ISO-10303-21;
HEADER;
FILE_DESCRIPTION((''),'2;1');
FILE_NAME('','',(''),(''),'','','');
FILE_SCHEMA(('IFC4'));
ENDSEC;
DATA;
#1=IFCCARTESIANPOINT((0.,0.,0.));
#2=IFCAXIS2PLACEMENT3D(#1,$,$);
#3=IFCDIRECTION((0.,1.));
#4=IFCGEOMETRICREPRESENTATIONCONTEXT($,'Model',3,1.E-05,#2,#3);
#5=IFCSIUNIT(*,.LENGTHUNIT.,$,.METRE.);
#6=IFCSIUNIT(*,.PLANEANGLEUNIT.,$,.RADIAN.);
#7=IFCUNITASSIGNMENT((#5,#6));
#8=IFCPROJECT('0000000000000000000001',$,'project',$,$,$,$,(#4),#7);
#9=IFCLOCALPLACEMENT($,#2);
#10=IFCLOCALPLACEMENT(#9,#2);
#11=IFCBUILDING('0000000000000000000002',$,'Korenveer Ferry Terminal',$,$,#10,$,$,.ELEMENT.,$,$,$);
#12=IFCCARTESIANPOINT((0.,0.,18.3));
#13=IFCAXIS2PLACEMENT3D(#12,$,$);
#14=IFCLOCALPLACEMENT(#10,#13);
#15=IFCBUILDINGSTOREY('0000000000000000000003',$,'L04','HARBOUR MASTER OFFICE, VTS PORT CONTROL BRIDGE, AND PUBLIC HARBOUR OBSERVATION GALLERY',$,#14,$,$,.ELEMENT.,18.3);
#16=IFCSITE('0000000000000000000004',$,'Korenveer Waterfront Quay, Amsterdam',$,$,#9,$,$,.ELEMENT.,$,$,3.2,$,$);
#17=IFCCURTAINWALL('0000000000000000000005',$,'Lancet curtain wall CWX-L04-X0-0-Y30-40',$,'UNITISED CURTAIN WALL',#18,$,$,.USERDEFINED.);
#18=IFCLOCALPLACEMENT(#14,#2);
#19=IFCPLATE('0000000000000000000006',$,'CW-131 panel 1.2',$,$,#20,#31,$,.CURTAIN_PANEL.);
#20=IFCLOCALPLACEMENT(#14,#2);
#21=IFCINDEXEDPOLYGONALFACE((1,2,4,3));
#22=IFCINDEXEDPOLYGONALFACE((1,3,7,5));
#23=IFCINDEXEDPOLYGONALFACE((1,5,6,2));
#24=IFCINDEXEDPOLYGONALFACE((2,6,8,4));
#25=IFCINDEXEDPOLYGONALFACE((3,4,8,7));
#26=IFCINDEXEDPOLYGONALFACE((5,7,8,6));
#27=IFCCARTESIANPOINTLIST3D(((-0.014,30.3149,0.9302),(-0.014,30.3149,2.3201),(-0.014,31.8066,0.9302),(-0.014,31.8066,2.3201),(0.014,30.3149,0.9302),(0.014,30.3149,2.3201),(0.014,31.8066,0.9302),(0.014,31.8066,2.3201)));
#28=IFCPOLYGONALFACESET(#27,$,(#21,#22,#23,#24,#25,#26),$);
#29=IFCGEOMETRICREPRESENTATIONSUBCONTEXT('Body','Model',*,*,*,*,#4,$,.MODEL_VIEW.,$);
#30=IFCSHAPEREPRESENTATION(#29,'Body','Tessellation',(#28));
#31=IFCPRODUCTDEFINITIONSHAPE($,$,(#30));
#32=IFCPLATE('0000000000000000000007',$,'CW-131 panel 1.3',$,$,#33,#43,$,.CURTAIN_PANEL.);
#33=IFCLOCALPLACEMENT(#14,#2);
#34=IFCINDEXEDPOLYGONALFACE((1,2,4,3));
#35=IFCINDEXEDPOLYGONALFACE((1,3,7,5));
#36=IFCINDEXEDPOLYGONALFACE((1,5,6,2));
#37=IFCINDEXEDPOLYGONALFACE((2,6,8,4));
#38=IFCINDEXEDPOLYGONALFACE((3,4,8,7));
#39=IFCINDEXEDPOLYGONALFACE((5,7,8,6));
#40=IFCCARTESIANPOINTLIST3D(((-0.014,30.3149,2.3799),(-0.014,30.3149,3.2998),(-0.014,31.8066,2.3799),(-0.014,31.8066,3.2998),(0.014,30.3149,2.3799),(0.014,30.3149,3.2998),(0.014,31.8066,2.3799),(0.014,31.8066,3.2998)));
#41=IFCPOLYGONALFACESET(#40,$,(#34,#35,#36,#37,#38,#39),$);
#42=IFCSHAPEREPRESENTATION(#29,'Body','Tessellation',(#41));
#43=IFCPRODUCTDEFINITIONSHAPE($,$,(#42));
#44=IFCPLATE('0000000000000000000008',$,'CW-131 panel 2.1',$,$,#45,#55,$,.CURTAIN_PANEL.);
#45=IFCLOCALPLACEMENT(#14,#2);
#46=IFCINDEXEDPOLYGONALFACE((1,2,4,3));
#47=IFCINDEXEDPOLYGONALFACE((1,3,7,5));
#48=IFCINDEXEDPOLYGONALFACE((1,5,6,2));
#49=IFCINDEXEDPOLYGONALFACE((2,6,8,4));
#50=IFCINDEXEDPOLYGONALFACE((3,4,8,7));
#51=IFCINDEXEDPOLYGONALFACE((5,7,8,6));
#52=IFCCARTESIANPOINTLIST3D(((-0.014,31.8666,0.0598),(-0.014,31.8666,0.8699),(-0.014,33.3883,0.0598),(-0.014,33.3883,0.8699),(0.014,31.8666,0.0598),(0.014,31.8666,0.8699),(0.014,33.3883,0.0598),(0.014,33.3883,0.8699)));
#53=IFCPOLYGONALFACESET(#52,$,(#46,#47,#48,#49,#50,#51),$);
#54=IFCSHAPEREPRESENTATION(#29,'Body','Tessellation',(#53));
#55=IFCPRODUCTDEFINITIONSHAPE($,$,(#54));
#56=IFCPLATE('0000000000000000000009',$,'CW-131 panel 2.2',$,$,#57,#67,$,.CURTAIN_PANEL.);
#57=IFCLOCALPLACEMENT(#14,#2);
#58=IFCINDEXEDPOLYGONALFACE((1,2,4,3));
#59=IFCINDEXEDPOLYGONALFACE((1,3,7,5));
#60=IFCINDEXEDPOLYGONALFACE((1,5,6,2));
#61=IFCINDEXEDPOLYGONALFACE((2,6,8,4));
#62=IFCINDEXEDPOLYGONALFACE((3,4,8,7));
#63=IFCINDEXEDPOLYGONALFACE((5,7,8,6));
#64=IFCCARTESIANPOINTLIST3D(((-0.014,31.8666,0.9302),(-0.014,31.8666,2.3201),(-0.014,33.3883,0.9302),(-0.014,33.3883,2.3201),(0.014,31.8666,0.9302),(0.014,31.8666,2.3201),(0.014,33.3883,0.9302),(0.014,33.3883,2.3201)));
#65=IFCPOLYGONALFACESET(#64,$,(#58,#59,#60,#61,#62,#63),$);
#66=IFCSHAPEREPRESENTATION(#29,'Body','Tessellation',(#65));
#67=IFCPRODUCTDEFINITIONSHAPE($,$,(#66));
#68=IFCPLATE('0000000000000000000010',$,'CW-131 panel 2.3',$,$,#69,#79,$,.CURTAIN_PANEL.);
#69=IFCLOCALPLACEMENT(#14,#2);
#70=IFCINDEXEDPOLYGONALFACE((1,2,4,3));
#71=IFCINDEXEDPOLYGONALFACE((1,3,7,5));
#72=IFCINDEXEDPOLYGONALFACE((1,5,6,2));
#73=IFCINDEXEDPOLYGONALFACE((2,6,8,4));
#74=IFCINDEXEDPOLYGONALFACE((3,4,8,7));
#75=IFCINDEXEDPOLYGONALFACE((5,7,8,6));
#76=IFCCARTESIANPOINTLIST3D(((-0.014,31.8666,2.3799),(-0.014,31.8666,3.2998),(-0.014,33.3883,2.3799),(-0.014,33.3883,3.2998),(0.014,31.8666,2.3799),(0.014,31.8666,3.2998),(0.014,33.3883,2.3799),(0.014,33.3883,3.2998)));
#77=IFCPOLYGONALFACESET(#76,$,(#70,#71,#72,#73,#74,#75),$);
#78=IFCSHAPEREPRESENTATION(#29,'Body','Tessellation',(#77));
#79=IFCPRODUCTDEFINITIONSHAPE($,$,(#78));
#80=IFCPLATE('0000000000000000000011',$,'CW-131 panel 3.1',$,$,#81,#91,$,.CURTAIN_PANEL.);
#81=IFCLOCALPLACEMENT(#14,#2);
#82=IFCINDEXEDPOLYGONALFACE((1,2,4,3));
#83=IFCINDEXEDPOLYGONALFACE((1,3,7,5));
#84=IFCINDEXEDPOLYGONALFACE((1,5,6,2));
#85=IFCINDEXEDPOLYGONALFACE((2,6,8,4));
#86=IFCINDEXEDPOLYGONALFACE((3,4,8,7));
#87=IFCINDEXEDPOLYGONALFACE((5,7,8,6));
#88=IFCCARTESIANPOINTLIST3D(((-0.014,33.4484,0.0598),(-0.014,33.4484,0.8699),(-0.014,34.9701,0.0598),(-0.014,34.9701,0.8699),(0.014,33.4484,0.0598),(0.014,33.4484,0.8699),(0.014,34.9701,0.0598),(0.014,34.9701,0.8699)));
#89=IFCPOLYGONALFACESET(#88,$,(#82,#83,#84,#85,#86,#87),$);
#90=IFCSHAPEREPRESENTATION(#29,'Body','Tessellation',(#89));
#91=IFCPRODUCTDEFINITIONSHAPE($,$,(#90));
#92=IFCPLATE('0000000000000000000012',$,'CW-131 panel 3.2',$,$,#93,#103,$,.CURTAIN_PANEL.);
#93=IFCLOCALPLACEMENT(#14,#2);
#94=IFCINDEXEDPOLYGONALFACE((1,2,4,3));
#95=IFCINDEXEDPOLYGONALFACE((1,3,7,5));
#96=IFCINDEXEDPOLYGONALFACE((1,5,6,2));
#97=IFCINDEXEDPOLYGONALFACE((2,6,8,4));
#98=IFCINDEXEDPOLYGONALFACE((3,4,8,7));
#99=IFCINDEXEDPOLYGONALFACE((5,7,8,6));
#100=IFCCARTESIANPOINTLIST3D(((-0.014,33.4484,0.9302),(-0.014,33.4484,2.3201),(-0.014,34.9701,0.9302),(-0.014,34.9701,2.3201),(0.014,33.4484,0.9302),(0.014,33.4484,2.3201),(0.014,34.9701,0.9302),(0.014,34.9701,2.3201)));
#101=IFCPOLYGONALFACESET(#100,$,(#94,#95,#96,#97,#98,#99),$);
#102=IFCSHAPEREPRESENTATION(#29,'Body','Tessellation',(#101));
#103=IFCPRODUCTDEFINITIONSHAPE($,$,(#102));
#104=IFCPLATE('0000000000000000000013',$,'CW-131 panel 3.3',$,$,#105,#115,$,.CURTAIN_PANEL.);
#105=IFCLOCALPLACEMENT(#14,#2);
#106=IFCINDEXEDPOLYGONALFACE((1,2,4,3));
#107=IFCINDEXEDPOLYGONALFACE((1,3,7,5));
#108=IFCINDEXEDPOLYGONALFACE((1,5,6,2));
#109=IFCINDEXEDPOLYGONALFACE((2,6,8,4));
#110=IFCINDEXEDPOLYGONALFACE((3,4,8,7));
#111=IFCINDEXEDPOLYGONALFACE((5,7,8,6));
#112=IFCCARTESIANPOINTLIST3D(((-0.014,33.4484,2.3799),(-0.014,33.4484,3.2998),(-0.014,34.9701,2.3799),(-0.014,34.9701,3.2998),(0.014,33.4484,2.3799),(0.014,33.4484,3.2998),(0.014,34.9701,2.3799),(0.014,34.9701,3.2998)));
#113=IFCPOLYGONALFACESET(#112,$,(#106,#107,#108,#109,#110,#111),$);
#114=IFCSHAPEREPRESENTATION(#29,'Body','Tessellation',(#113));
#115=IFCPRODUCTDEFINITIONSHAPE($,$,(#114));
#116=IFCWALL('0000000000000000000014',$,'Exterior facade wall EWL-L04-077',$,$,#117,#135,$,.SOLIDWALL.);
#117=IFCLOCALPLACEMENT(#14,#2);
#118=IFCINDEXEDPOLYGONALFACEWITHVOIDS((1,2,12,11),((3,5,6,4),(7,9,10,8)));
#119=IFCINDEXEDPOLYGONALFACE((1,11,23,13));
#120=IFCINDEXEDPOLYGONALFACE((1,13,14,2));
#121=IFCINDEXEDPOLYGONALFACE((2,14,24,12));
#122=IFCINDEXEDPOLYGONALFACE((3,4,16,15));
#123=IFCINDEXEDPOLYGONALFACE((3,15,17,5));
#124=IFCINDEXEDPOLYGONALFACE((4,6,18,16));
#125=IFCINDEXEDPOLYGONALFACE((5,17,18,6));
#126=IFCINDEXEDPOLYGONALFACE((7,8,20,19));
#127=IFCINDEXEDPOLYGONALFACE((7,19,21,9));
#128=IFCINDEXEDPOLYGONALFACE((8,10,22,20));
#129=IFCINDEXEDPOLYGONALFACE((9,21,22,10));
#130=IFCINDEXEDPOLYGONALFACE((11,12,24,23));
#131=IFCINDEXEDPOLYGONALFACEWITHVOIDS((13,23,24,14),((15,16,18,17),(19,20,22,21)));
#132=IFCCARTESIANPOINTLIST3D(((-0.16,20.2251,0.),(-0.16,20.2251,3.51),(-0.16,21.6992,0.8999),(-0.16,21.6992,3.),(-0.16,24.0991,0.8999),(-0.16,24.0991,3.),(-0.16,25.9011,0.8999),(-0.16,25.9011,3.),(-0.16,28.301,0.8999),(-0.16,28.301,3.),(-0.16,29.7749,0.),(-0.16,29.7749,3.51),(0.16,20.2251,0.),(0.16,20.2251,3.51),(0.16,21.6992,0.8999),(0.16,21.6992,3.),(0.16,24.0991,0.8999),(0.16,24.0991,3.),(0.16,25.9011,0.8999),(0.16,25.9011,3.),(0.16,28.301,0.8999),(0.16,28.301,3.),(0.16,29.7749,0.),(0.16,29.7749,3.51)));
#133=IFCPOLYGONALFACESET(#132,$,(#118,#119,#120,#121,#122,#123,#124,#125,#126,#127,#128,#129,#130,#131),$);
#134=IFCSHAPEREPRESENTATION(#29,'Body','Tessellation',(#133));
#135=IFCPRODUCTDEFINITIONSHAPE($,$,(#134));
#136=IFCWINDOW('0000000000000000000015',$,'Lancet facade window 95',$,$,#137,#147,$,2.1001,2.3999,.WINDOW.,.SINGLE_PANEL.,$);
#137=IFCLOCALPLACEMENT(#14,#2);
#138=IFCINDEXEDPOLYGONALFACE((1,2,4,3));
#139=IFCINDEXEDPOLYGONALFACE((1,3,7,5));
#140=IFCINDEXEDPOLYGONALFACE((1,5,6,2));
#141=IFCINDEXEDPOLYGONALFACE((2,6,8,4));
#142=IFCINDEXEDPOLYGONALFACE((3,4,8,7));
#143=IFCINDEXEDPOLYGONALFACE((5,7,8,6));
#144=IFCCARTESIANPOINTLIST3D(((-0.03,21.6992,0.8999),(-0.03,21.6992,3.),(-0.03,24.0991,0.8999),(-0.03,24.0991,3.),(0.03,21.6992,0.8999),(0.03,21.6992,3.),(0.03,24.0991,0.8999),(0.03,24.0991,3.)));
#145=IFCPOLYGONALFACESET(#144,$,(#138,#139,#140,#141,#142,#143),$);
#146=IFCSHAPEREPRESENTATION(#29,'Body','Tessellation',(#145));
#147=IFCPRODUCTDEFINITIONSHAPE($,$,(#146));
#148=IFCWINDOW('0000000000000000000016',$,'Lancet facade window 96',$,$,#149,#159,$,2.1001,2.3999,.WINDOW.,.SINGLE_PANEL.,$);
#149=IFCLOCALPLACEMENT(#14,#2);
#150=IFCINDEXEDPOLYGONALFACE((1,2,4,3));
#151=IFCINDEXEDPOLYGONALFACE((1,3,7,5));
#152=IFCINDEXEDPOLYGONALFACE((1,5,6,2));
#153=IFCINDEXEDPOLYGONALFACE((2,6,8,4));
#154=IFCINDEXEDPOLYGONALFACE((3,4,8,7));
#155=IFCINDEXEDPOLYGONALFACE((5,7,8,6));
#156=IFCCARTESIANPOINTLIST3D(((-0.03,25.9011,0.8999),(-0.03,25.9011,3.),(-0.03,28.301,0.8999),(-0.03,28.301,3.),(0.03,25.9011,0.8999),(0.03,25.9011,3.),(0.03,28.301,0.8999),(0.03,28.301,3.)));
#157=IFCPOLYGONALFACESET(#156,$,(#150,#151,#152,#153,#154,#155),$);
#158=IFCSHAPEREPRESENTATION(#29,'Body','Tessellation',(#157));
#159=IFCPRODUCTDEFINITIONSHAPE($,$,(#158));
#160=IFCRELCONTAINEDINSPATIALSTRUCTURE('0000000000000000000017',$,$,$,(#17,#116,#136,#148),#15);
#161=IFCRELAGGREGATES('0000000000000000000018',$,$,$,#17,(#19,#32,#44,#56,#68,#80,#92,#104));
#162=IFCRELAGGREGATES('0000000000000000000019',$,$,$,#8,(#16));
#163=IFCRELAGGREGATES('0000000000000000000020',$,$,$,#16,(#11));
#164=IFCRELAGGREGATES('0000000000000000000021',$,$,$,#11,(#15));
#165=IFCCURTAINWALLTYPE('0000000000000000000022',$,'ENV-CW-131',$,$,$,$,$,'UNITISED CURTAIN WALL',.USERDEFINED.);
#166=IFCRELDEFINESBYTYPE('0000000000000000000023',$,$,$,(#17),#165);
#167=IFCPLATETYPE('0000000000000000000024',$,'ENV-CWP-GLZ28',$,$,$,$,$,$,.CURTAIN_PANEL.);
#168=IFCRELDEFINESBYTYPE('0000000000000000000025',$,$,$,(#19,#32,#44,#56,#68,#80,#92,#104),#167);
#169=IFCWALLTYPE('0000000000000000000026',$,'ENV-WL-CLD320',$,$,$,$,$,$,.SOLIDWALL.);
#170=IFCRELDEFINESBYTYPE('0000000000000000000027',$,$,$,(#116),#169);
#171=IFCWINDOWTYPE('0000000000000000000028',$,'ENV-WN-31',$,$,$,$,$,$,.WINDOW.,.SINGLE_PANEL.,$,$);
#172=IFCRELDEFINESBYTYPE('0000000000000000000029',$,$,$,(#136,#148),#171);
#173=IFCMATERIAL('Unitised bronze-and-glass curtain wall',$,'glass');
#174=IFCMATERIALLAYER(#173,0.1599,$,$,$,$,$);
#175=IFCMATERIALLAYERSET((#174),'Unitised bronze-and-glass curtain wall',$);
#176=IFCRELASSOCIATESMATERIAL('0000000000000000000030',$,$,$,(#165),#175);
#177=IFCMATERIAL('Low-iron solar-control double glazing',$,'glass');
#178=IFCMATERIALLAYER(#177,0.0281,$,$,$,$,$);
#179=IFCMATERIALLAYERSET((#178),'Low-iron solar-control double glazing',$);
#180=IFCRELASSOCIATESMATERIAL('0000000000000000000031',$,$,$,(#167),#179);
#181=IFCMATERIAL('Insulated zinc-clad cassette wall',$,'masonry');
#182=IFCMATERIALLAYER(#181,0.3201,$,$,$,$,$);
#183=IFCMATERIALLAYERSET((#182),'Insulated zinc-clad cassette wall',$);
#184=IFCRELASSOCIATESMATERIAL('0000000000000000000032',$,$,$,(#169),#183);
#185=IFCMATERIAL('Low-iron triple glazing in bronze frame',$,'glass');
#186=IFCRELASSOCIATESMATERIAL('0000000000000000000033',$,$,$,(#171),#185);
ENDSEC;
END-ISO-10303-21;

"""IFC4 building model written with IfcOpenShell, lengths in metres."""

from ifc_helpers import new_model, si_unit, direction, frame, frame_2d, origin, origin_2d, place, context, subcontext, project, spatial, rectangle, extrude, material, layer, layer_set, type_object, element, fill, aggregate, save


model = new_model("IFC4")

# Units and contexts
model_context = context("Model", 3, precision=1e-05, world=origin(), true_north=direction((0.0, 1.0)))
body_context = subcontext(model_context, "Body", "Model", "MODEL_VIEW")
ifc_project = project(units=[si_unit("LENGTHUNIT", "METRE"), si_unit("PLANEANGLEUNIT", "RADIAN")], contexts=[model_context])

# Site, building, storey
site_placement = place(None, origin())
site = spatial("IfcSite", under=ifc_project, at=site_placement, Name="Korenveer Waterfront Quay, Amsterdam", CompositionType="ELEMENT", RefElevation=3.2)
building_placement = place(site_placement, origin())
building = spatial("IfcBuilding", under=site, at=building_placement, Name="Korenveer Ferry Terminal", CompositionType="ELEMENT")
storey_placement = place(building_placement, frame((0.0, 0.0, 18.3)))
storey = spatial("IfcBuildingStorey", under=building, at=storey_placement, Name="L04", Description="HARBOUR MASTER OFFICE, VTS PORT CONTROL BRIDGE, AND PUBLIC HARBOUR OBSERVATION GALLERY", CompositionType="ELEMENT", Elevation=18.3)

# Curtain wall
ifc_material_1 = material(Name="Unitised bronze-and-glass curtain wall", Category="glass")
ifc_layer_1 = layer(ifc_material_1, 0.1599)
ifc_layer_set_1 = layer_set([ifc_layer_1], Name="Unitised bronze-and-glass curtain wall")
curtain_wall_type = type_object("IfcCurtainWallType", Name="ENV-CW-131", ElementType="UNITISED CURTAIN WALL", PredefinedType="USERDEFINED", material=ifc_layer_set_1)
curtain_wall_placement = place(storey_placement, frame((0.0, 30.2549, 0.0)))
curtain_wall = element("IfcCurtainWall", 1, at=curtain_wall_placement, inside=storey, type_object=curtain_wall_type, Name="Lancet curtain wall CWX-L04-X0-0-Y30-40", ObjectType="UNITISED CURTAIN WALL", PredefinedType="USERDEFINED")

# Plates
ifc_material_2 = material(Name="Low-iron solar-control double glazing", Category="glass")
ifc_layer_2 = layer(ifc_material_2, 0.0281)
ifc_layer_set_2 = layer_set([ifc_layer_2], Name="Low-iron solar-control double glazing")
plate_type = type_object("IfcPlateType", Name="ENV-CWP-GLZ28", PredefinedType="CURTAIN_PANEL", material=ifc_layer_set_2)
plate_1_placement = place(storey_placement, frame((0.0, 31.0608, 0.9302), z_axis=(0.0, 0.0, 1.0), x_axis=(0.0, 1.0, 0.0)))
plate_1 = element("IfcPlate", 2, at=plate_1_placement, type_object=plate_type, Name="CW-131 panel 1.2", PredefinedType="CURTAIN_PANEL", context=body_context, shape_type="SweptSolid", body=[
    extrude(rectangle(XDim=1.4917, YDim=0.0281, at=origin_2d()), origin(), (0.0, 0.0, 1.0), 1.3899),
])
plate_2_placement = place(storey_placement, frame((0.0, 31.0608, 2.3799), z_axis=(0.0, 0.0, 1.0), x_axis=(0.0, 1.0, 0.0)))
plate_2 = element("IfcPlate", 3, at=plate_2_placement, type_object=plate_type, Name="CW-131 panel 1.3", PredefinedType="CURTAIN_PANEL", context=body_context, shape_type="SweptSolid", body=[
    extrude(rectangle(XDim=1.4917, YDim=0.0281, at=origin_2d()), origin(), (0.0, 0.0, 1.0), 0.9199),
])
plate_3_placement = place(storey_placement, frame((0.0, 32.6274, 0.0598), z_axis=(0.0, 0.0, 1.0), x_axis=(0.0, 1.0, 0.0)))
plate_3 = element("IfcPlate", 4, at=plate_3_placement, type_object=plate_type, Name="CW-131 panel 2.1", PredefinedType="CURTAIN_PANEL", context=body_context, shape_type="SweptSolid", body=[
    extrude(rectangle(XDim=1.5217, YDim=0.0281, at=origin_2d()), origin(), (0.0, 0.0, 1.0), 0.8101),
])
plate_4_placement = place(storey_placement, frame((0.0, 32.6274, 0.9302), z_axis=(0.0, 0.0, 1.0), x_axis=(0.0, 1.0, 0.0)))
plate_4 = element("IfcPlate", 5, at=plate_4_placement, type_object=plate_type, Name="CW-131 panel 2.2", PredefinedType="CURTAIN_PANEL", context=body_context, shape_type="SweptSolid", body=[
    extrude(rectangle(XDim=1.5217, YDim=0.0281, at=origin_2d()), origin(), (0.0, 0.0, 1.0), 1.3899),
])
plate_5_placement = place(storey_placement, frame((0.0, 32.6274, 2.3799), z_axis=(0.0, 0.0, 1.0), x_axis=(0.0, 1.0, 0.0)))
plate_5 = element("IfcPlate", 6, at=plate_5_placement, type_object=plate_type, Name="CW-131 panel 2.3", PredefinedType="CURTAIN_PANEL", context=body_context, shape_type="SweptSolid", body=[
    extrude(rectangle(XDim=1.5217, YDim=0.0281, at=origin_2d()), origin(), (0.0, 0.0, 1.0), 0.9199),
])
plate_6_placement = place(storey_placement, frame((0.0, 34.2092, 0.0598), z_axis=(0.0, 0.0, 1.0), x_axis=(0.0, 1.0, 0.0)))
plate_6 = element("IfcPlate", 7, at=plate_6_placement, type_object=plate_type, Name="CW-131 panel 3.1", PredefinedType="CURTAIN_PANEL", context=body_context, shape_type="SweptSolid", body=[
    extrude(rectangle(XDim=1.5217, YDim=0.0281, at=origin_2d()), origin(), (0.0, 0.0, 1.0), 0.8101),
])
plate_7_placement = place(storey_placement, frame((0.0, 34.2092, 0.9302), z_axis=(0.0, 0.0, 1.0), x_axis=(0.0, 1.0, 0.0)))
plate_7 = element("IfcPlate", 8, at=plate_7_placement, type_object=plate_type, Name="CW-131 panel 3.2", PredefinedType="CURTAIN_PANEL", context=body_context, shape_type="SweptSolid", body=[
    extrude(rectangle(XDim=1.5217, YDim=0.0281, at=origin_2d()), origin(), (0.0, 0.0, 1.0), 1.3899),
])
plate_8_placement = place(storey_placement, frame((0.0, 34.2092, 2.3799), z_axis=(0.0, 0.0, 1.0), x_axis=(0.0, 1.0, 0.0)))
plate_8 = element("IfcPlate", 9, at=plate_8_placement, type_object=plate_type, Name="CW-131 panel 3.3", PredefinedType="CURTAIN_PANEL", context=body_context, shape_type="SweptSolid", body=[
    extrude(rectangle(XDim=1.5217, YDim=0.0281, at=origin_2d()), origin(), (0.0, 0.0, 1.0), 0.9199),
])
aggregate(curtain_wall, [plate_1, plate_2, plate_3, plate_4, plate_5, plate_6, plate_7, plate_8])

# Wall, openings, windows
ifc_material_3 = material(Name="Insulated zinc-clad cassette wall", Category="masonry")
ifc_layer_3 = layer(ifc_material_3, 0.3201)
ifc_layer_set_3 = layer_set([ifc_layer_3], Name="Insulated zinc-clad cassette wall")
wall_type = type_object("IfcWallType", Name="ENV-WL-CLD320", PredefinedType="SOLIDWALL", material=ifc_layer_set_3)
wall_placement = place(storey_placement, frame((0.0, 20.2251, 0.0), z_axis=(0.0, 0.0, 1.0), x_axis=(0.0, 1.0, 0.0)))
wall = element("IfcWall", 10, at=wall_placement, inside=storey, type_object=wall_type, Name="Exterior facade wall EWL-L04-077", PredefinedType="SOLIDWALL", context=body_context, shape_type="SweptSolid", body=[
    extrude(rectangle(XDim=9.5498, YDim=0.3201, at=frame_2d((4.7749, 0.0))), origin(), (0.0, 0.0, 1.0), 3.51),
])
opening_1_placement = place(wall_placement, frame((1.4741, 0.0, 0.8999)))
opening_1 = element("IfcOpeningElement", 11, at=opening_1_placement, cuts=wall, PredefinedType="OPENING", context=body_context, shape_type="SweptSolid", body=[
    extrude(rectangle(XDim=2.3999, YDim=2.1001, at=frame_2d((1.2, 1.05))), frame((0.0, 0.1699, 0.0), z_axis=(0.0, -1.0, 0.0), x_axis=(1.0, 0.0, 0.0)), (0.0, 0.0, 1.0), 0.3401),
])
opening_2_placement = place(wall_placement, frame((5.676, 0.0, 0.8999)))
opening_2 = element("IfcOpeningElement", 12, at=opening_2_placement, cuts=wall, PredefinedType="OPENING", context=body_context, shape_type="SweptSolid", body=[
    extrude(rectangle(XDim=2.3999, YDim=2.1001, at=frame_2d((1.2, 1.05))), frame((0.0, 0.1699, 0.0), z_axis=(0.0, -1.0, 0.0), x_axis=(1.0, 0.0, 0.0)), (0.0, 0.0, 1.0), 0.3401),
])
ifc_material_4 = material(Name="Low-iron triple glazing in bronze frame", Category="glass")
window_type = type_object("IfcWindowType", Name="ENV-WN-31", PartitioningType="SINGLE_PANEL", PredefinedType="WINDOW", material=ifc_material_4)
window_1_placement = place(opening_1_placement, origin())
window_1 = element("IfcWindow", 13, at=window_1_placement, inside=storey, type_object=window_type, Name="Lancet facade window 95", OverallHeight=2.1001, OverallWidth=2.3999, PartitioningType="SINGLE_PANEL", PredefinedType="WINDOW", context=body_context, shape_type="SweptSolid", body=[
    extrude(rectangle(XDim=2.3999, YDim=2.1001, at=frame_2d((1.2, 1.05))), frame((0.0, 0.03, 0.0), z_axis=(0.0, -1.0, 0.0), x_axis=(1.0, 0.0, 0.0)), (0.0, 0.0, 1.0), 0.0601),
])
fill(opening_1, window_1)
window_2_placement = place(opening_2_placement, origin())
window_2 = element("IfcWindow", 14, at=window_2_placement, inside=storey, type_object=window_type, Name="Lancet facade window 96", OverallHeight=2.1001, OverallWidth=2.3999, PartitioningType="SINGLE_PANEL", PredefinedType="WINDOW", context=body_context, shape_type="SweptSolid", body=[
    extrude(rectangle(XDim=2.3999, YDim=2.1001, at=frame_2d((1.2, 1.05))), frame((0.0, 0.03, 0.0), z_axis=(0.0, -1.0, 0.0), x_axis=(1.0, 0.0, 0.0)), (0.0, 0.0, 1.0), 0.0601),
])
fill(opening_2, window_2)

save(model, "model.ifc")
